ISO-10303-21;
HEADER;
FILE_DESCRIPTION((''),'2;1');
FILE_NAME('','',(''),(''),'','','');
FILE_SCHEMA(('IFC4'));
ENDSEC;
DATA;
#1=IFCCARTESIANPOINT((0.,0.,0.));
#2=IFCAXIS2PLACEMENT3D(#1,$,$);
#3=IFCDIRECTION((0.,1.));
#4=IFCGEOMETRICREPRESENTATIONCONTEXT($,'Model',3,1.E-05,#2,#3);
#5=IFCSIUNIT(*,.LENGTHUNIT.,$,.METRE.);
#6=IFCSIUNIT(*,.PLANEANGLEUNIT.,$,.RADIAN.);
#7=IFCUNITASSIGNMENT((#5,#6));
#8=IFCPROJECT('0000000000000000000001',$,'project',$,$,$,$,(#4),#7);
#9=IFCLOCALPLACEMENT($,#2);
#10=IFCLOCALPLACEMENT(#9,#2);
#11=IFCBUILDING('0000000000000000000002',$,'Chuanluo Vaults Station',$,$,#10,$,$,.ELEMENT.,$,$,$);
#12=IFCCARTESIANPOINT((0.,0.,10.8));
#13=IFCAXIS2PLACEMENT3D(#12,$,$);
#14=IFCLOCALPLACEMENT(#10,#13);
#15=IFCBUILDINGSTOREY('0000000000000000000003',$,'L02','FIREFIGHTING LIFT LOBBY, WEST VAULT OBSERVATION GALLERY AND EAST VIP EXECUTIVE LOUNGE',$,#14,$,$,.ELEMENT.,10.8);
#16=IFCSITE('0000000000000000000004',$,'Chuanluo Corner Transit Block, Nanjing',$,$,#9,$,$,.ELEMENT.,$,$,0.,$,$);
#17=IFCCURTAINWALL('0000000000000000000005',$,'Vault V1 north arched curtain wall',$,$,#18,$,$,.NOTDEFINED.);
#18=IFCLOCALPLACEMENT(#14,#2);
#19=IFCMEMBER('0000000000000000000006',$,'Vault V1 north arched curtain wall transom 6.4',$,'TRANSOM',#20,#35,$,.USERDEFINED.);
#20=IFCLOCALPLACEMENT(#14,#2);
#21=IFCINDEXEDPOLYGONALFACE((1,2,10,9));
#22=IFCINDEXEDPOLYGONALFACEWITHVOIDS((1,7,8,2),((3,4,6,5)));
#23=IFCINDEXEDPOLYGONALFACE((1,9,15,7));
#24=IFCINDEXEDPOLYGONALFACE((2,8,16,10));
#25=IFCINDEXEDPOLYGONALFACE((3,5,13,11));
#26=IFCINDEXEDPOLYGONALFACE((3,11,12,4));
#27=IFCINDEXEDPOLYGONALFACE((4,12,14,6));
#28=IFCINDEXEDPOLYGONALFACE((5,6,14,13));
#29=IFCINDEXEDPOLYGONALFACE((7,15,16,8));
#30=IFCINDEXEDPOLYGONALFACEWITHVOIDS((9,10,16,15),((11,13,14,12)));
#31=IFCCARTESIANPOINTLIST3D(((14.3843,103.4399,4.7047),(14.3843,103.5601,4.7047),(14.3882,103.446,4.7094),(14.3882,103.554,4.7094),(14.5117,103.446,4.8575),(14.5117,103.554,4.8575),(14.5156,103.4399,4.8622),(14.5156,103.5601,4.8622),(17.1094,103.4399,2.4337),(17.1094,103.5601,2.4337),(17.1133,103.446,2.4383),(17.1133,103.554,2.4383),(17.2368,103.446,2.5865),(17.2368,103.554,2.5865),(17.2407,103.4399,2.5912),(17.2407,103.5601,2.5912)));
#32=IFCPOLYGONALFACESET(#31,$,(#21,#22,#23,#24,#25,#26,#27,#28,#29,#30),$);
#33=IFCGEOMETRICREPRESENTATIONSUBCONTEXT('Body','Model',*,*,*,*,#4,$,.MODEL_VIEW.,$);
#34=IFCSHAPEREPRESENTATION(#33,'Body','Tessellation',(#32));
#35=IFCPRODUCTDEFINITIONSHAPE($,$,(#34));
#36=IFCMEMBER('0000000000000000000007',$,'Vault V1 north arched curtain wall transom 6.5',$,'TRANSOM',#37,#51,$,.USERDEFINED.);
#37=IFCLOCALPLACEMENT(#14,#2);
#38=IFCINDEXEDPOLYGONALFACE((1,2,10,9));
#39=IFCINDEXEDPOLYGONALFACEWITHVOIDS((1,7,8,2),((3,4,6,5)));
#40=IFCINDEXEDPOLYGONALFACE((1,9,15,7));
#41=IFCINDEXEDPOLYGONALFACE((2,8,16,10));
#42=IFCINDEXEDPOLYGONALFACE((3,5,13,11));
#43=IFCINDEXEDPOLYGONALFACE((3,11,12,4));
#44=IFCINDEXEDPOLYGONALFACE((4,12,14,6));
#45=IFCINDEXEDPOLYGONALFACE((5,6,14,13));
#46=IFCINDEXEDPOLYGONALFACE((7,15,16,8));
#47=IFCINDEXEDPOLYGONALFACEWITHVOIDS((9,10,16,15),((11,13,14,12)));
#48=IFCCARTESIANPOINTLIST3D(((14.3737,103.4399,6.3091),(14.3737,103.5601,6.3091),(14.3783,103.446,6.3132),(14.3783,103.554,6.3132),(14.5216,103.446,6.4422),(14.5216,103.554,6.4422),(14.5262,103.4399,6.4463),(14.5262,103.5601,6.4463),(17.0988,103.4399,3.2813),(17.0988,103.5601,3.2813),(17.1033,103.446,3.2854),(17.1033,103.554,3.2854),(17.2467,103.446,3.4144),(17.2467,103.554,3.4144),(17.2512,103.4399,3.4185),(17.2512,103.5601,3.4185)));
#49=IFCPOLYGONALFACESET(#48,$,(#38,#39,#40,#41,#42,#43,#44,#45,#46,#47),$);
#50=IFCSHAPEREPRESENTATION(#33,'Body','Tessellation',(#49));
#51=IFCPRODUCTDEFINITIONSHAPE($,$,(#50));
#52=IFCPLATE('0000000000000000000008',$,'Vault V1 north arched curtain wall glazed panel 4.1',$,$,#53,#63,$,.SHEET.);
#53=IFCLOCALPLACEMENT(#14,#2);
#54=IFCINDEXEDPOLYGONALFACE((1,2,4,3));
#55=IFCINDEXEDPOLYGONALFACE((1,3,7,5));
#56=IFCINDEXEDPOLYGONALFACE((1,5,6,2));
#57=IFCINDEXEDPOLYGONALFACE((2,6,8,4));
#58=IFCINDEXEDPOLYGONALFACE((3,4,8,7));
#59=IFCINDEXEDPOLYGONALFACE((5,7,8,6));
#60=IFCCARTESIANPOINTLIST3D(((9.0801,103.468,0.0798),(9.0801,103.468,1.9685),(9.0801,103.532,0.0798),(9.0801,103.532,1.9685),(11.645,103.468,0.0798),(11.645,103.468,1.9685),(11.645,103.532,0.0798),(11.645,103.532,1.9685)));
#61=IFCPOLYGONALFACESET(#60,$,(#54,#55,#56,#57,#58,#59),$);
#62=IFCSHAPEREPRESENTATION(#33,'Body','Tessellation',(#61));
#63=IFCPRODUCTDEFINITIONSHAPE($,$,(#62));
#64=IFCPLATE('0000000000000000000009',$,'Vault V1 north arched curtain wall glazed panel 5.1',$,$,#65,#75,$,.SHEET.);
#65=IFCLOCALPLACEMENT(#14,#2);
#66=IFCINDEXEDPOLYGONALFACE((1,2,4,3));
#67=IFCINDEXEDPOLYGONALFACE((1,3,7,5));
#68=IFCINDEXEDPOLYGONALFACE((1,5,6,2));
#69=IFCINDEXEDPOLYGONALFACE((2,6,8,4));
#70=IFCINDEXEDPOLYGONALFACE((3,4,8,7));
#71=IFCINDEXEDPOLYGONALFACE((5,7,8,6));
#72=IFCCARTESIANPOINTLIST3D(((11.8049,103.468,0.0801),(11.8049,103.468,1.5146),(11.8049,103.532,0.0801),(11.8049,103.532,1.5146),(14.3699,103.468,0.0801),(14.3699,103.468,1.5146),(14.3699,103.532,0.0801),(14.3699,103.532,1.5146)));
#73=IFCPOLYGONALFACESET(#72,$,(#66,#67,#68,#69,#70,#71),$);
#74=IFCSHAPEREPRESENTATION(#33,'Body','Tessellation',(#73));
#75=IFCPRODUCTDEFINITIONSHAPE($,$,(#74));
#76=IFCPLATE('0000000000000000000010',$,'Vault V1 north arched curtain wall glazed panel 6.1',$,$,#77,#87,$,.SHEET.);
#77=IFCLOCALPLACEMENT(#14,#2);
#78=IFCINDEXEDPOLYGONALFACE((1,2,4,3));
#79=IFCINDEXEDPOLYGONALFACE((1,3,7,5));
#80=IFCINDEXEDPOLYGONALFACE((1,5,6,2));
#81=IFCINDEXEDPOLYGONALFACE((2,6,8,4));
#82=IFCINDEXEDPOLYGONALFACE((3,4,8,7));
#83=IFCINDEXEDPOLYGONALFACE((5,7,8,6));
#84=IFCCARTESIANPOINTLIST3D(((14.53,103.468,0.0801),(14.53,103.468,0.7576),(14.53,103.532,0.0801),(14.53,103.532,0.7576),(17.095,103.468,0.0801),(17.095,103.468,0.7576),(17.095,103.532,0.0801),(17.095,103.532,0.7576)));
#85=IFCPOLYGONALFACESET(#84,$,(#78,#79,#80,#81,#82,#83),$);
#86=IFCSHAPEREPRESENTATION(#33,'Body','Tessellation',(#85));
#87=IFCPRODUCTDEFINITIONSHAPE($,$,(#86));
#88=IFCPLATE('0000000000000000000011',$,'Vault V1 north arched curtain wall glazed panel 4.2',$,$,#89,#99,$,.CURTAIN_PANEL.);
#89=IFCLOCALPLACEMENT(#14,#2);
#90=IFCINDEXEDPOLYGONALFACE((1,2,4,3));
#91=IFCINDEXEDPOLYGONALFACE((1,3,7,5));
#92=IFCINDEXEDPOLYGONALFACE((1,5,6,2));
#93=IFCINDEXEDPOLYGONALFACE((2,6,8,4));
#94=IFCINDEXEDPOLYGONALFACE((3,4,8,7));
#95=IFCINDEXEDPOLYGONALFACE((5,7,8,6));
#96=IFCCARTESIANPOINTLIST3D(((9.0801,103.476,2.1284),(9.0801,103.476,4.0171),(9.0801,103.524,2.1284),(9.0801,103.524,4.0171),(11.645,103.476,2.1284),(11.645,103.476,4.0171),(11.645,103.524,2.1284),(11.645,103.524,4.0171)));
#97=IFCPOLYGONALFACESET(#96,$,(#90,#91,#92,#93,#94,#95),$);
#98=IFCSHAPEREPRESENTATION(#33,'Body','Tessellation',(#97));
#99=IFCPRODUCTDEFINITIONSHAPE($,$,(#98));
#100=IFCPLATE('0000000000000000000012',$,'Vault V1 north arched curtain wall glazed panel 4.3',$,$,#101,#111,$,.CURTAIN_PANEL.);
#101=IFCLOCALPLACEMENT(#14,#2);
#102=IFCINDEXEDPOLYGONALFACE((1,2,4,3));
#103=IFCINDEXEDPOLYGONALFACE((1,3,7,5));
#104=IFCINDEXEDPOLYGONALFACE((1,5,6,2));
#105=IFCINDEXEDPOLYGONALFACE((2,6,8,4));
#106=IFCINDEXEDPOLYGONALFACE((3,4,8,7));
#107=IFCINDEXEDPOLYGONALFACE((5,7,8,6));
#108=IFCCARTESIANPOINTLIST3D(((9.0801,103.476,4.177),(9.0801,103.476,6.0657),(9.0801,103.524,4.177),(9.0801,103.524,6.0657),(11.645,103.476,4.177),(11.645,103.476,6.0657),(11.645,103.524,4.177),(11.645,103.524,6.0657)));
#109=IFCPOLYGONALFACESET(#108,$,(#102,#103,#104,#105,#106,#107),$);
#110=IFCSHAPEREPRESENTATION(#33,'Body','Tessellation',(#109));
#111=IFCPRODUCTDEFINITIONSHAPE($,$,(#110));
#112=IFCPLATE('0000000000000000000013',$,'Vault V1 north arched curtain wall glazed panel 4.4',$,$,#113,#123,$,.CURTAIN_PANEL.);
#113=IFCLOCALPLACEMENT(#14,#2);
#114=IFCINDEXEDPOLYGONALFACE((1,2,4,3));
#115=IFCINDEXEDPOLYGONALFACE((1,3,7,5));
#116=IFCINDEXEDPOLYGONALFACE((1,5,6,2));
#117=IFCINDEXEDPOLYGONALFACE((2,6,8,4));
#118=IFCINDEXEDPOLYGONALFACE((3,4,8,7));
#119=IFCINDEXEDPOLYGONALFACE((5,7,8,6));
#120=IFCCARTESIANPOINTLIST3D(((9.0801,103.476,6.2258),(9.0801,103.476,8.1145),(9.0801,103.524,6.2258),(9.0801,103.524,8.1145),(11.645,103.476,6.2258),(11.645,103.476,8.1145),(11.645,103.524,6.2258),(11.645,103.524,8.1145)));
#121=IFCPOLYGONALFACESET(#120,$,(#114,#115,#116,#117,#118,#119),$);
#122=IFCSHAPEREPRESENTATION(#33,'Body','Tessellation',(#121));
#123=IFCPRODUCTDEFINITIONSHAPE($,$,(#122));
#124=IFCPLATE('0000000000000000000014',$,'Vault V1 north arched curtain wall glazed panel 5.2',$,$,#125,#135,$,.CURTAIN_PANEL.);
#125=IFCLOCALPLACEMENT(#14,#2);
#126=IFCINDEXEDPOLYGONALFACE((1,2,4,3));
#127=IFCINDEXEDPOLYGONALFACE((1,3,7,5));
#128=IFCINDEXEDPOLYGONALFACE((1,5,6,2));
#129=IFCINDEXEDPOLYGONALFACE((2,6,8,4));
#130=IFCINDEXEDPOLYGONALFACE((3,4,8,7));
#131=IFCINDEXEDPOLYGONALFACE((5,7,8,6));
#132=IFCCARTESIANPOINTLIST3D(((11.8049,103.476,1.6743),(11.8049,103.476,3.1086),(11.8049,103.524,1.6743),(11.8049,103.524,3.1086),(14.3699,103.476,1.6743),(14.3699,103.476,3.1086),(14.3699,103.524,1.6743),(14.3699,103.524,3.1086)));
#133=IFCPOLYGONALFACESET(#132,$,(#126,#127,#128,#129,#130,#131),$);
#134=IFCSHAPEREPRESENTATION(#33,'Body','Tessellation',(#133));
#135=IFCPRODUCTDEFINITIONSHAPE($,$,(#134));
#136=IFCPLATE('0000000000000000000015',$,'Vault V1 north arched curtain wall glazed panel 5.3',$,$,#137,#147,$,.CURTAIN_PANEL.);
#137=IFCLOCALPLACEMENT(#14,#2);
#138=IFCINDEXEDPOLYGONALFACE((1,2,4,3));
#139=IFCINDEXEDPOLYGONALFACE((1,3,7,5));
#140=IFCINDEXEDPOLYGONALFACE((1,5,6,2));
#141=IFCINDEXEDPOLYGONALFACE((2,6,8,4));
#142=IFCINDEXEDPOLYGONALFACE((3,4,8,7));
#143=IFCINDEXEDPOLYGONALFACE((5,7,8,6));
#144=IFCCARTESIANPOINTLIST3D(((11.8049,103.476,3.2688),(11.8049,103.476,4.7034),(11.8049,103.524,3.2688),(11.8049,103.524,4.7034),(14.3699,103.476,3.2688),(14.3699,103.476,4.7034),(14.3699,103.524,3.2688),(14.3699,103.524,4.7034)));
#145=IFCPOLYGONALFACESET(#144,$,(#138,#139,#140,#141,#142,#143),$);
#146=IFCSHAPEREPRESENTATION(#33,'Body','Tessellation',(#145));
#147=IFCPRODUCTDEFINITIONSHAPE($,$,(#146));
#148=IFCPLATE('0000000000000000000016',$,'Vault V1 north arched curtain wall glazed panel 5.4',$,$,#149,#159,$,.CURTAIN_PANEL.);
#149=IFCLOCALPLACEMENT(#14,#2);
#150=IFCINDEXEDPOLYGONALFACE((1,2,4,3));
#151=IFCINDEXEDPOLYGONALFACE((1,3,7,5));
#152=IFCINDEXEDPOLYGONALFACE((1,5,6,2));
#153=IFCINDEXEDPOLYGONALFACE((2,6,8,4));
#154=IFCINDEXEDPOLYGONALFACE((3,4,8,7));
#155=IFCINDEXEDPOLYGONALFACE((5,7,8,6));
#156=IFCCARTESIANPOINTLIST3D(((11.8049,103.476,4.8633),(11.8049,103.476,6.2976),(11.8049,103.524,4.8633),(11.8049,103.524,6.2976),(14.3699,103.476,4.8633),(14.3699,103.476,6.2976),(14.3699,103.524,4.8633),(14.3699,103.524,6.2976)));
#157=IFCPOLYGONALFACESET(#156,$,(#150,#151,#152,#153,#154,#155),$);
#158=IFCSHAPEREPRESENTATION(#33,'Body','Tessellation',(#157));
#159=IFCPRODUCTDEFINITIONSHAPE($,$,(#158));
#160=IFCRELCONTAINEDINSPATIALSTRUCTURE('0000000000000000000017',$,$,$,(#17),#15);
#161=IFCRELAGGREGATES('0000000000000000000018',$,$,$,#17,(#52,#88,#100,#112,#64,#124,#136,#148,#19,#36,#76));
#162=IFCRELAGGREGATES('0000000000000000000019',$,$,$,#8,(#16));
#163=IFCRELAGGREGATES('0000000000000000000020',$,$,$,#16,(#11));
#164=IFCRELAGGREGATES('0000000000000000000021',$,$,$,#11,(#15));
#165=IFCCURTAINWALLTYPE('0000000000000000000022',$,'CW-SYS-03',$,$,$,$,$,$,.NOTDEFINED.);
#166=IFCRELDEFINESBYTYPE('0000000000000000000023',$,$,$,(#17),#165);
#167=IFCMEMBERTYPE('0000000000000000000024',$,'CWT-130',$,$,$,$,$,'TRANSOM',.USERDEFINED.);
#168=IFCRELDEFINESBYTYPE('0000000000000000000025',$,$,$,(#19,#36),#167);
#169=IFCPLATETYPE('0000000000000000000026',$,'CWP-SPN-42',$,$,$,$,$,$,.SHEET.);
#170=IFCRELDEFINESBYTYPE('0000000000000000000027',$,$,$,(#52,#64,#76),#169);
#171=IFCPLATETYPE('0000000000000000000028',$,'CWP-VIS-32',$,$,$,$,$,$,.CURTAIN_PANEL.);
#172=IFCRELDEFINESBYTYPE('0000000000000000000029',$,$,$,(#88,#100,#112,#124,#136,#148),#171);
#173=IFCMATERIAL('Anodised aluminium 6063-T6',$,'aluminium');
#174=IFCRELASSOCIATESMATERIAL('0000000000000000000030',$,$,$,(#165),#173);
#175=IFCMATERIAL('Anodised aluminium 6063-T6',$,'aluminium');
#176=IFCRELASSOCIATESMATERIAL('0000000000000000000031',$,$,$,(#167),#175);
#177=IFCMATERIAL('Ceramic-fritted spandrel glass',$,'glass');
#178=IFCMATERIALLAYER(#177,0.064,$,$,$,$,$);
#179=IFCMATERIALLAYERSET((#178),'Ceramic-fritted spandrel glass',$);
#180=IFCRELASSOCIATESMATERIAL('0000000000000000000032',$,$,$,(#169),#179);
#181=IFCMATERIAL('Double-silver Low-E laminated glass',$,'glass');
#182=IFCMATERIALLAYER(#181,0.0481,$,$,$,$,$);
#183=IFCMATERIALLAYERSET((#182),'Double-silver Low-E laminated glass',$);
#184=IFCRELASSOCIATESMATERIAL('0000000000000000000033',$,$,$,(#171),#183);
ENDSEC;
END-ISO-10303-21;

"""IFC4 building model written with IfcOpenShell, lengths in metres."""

from ifc_helpers import new_model, si_unit, direction, frame, origin, origin_2d, place, context, subcontext, project, spatial, rectangle, hollow_rectangle, extrude, material, layer, layer_set, material_profile, profile_set, type_object, element, aggregate, save


model = new_model("IFC4")

# Units and contexts
model_context = context("Model", 3, precision=1e-05, world=origin(), true_north=direction((0.0, 1.0)))
body_context = subcontext(model_context, "Body", "Model", "MODEL_VIEW")
ifc_project = project(units=[si_unit("LENGTHUNIT", "METRE"), si_unit("PLANEANGLEUNIT", "RADIAN")], contexts=[model_context])

# Site, building, storey
site_placement = place(None, origin())
site = spatial("IfcSite", under=ifc_project, at=site_placement, Name="Chuanluo Corner Transit Block, Nanjing", CompositionType="ELEMENT", RefElevation=0.0)
building_placement = place(site_placement, origin())
building = spatial("IfcBuilding", under=site, at=building_placement, Name="Chuanluo Vaults Station", CompositionType="ELEMENT")
storey_placement = place(building_placement, frame((0.0, 0.0, 10.8)))
storey = spatial("IfcBuildingStorey", under=building, at=storey_placement, Name="L02", Description="FIREFIGHTING LIFT LOBBY, WEST VAULT OBSERVATION GALLERY AND EAST VIP EXECUTIVE LOUNGE", CompositionType="ELEMENT", Elevation=10.8)

# Curtain wall, members, plates
ifc_material_1 = material(Name="Anodised aluminium 6063-T6", Category="aluminium")
curtain_wall_type = type_object("IfcCurtainWallType", Name="CW-SYS-03", PredefinedType="NOTDEFINED", material=ifc_material_1)
curtain_wall_placement = place(storey_placement, origin())
curtain_wall = element("IfcCurtainWall", 1, at=curtain_wall_placement, inside=storey, type_object=curtain_wall_type, Name="Vault V1 north arched curtain wall", PredefinedType="NOTDEFINED")
ifc_material_2 = material(Name="Anodised aluminium 6063-T6", Category="aluminium")
ifc_material_profile_1 = material_profile(ifc_material_2, hollow_rectangle(XDim=0.1201, YDim=0.2051, WallThickness=0.0061, at=origin_2d()))
ifc_profile_set_1 = profile_set([ifc_material_profile_1], Name="Anodised aluminium 6063-T6")
member_type_1 = type_object("IfcMemberType", Name="CWT-130", ElementType="TRANSOM", PredefinedType="USERDEFINED", material=ifc_profile_set_1)
member_1_placement = place(storey_placement, frame((14.45, 103.5, 4.7834), z_axis=(0.76821, 0.0, -0.640198), x_axis=(0.0, 1.0, 0.0)))
member_1 = element("IfcMember", 2, at=member_1_placement, type_object=member_type_1, Name="Vault V1 north arched curtain wall transom 6.4", ObjectType="TRANSOM", PredefinedType="USERDEFINED", context=body_context, shape_type="SweptSolid", body=[
    extrude(hollow_rectangle(XDim=0.1201, YDim=0.2051, WallThickness=0.0061, at=origin_2d()), origin(), (0.0, 0.0, 1.0), 3.5474),
])
member_2_placement = place(storey_placement, frame((14.45, 103.5, 6.3777), z_axis=(0.668971, 0.0, -0.743288), x_axis=(0.0, 1.0, 0.0)))
member_2 = element("IfcMember", 3, at=member_2_placement, type_object=member_type_1, Name="Vault V1 north arched curtain wall transom 6.5", ObjectType="TRANSOM", PredefinedType="USERDEFINED", context=body_context, shape_type="SweptSolid", body=[
    extrude(hollow_rectangle(XDim=0.1201, YDim=0.2051, WallThickness=0.0061, at=origin_2d()), origin(), (0.0, 0.0, 1.0), 4.0735),
])
ifc_material_3 = material(Name="Ceramic-fritted spandrel glass", Category="glass")
ifc_layer_1 = layer(ifc_material_3, 0.064)
ifc_layer_set_1 = layer_set([ifc_layer_1], Name="Ceramic-fritted spandrel glass")
plate_type_1 = type_object("IfcPlateType", Name="CWP-SPN-42", PredefinedType="SHEET", material=ifc_layer_set_1)
plate_1_placement = place(storey_placement, frame((10.3625, 103.5, 0.0798), z_axis=(0.0, 0.0, 1.0), x_axis=(1.0, 0.0, 0.0)))
plate_1 = element("IfcPlate", 4, at=plate_1_placement, type_object=plate_type_1, Name="Vault V1 north arched curtain wall glazed panel 4.1", PredefinedType="SHEET", context=body_context, shape_type="SweptSolid", body=[
    extrude(rectangle(XDim=2.5649, YDim=0.064, at=origin_2d()), origin(), (0.0, 0.0, 1.0), 1.8887),
])
plate_2_placement = place(storey_placement, frame((13.0874, 103.5, 0.0801), z_axis=(0.0, 0.0, 1.0), x_axis=(1.0, 0.0, 0.0)))
plate_2 = element("IfcPlate", 5, at=plate_2_placement, type_object=plate_type_1, Name="Vault V1 north arched curtain wall glazed panel 5.1", PredefinedType="SHEET", context=body_context, shape_type="SweptSolid", body=[
    extrude(rectangle(XDim=2.5649, YDim=0.064, at=origin_2d()), origin(), (0.0, 0.0, 1.0), 1.4346),
])
plate_3_placement = place(storey_placement, frame((15.8125, 103.5, 0.0801), z_axis=(0.0, 0.0, 1.0), x_axis=(1.0, 0.0, 0.0)))
plate_3 = element("IfcPlate", 6, at=plate_3_placement, type_object=plate_type_1, Name="Vault V1 north arched curtain wall glazed panel 6.1", PredefinedType="SHEET", context=body_context, shape_type="SweptSolid", body=[
    extrude(rectangle(XDim=2.5649, YDim=0.064, at=origin_2d()), origin(), (0.0, 0.0, 1.0), 0.6775),
])
ifc_material_4 = material(Name="Double-silver Low-E laminated glass", Category="glass")
ifc_layer_2 = layer(ifc_material_4, 0.0481)
ifc_layer_set_2 = layer_set([ifc_layer_2], Name="Double-silver Low-E laminated glass")
plate_type_2 = type_object("IfcPlateType", Name="CWP-VIS-32", PredefinedType="CURTAIN_PANEL", material=ifc_layer_set_2)
plate_4_placement = place(storey_placement, frame((10.3625, 103.5, 2.1284), z_axis=(0.0, 0.0, 1.0), x_axis=(1.0, 0.0, 0.0)))
plate_4 = element("IfcPlate", 7, at=plate_4_placement, type_object=plate_type_2, Name="Vault V1 north arched curtain wall glazed panel 4.2", PredefinedType="CURTAIN_PANEL", context=body_context, shape_type="SweptSolid", body=[
    extrude(rectangle(XDim=2.5649, YDim=0.0481, at=origin_2d()), origin(), (0.0, 0.0, 1.0), 1.8887),
])
plate_5_placement = place(storey_placement, frame((10.3625, 103.5, 4.177), z_axis=(0.0, 0.0, 1.0), x_axis=(1.0, 0.0, 0.0)))
plate_5 = element("IfcPlate", 8, at=plate_5_placement, type_object=plate_type_2, Name="Vault V1 north arched curtain wall glazed panel 4.3", PredefinedType="CURTAIN_PANEL", context=body_context, shape_type="SweptSolid", body=[
    extrude(rectangle(XDim=2.5649, YDim=0.0481, at=origin_2d()), origin(), (0.0, 0.0, 1.0), 1.8887),
])
plate_6_placement = place(storey_placement, frame((10.3625, 103.5, 6.2258), z_axis=(0.0, 0.0, 1.0), x_axis=(1.0, 0.0, 0.0)))
plate_6 = element("IfcPlate", 9, at=plate_6_placement, type_object=plate_type_2, Name="Vault V1 north arched curtain wall glazed panel 4.4", PredefinedType="CURTAIN_PANEL", context=body_context, shape_type="SweptSolid", body=[
    extrude(rectangle(XDim=2.5649, YDim=0.0481, at=origin_2d()), origin(), (0.0, 0.0, 1.0), 1.8887),
])
plate_7_placement = place(storey_placement, frame((13.0874, 103.5, 1.6743), z_axis=(0.0, 0.0, 1.0), x_axis=(1.0, 0.0, 0.0)))
plate_7 = element("IfcPlate", 10, at=plate_7_placement, type_object=plate_type_2, Name="Vault V1 north arched curtain wall glazed panel 5.2", PredefinedType="CURTAIN_PANEL", context=body_context, shape_type="SweptSolid", body=[
    extrude(rectangle(XDim=2.5649, YDim=0.0481, at=origin_2d()), origin(), (0.0, 0.0, 1.0), 1.4343),
])
plate_8_placement = place(storey_placement, frame((13.0874, 103.5, 3.2688), z_axis=(0.0, 0.0, 1.0), x_axis=(1.0, 0.0, 0.0)))
plate_8 = element("IfcPlate", 11, at=plate_8_placement, type_object=plate_type_2, Name="Vault V1 north arched curtain wall glazed panel 5.3", PredefinedType="CURTAIN_PANEL", context=body_context, shape_type="SweptSolid", body=[
    extrude(rectangle(XDim=2.5649, YDim=0.0481, at=origin_2d()), origin(), (0.0, 0.0, 1.0), 1.4346),
])
plate_9_placement = place(storey_placement, frame((13.0874, 103.5, 4.8633), z_axis=(0.0, 0.0, 1.0), x_axis=(1.0, 0.0, 0.0)))
plate_9 = element("IfcPlate", 12, at=plate_9_placement, type_object=plate_type_2, Name="Vault V1 north arched curtain wall glazed panel 5.4", PredefinedType="CURTAIN_PANEL", context=body_context, shape_type="SweptSolid", body=[
    extrude(rectangle(XDim=2.5649, YDim=0.0481, at=origin_2d()), origin(), (0.0, 0.0, 1.0), 1.4343),
])
aggregate(curtain_wall, [plate_1, plate_4, plate_5, plate_6, plate_2, plate_7, plate_8, plate_9, member_1, member_2, plate_3])

save(model, "model.ifc")
